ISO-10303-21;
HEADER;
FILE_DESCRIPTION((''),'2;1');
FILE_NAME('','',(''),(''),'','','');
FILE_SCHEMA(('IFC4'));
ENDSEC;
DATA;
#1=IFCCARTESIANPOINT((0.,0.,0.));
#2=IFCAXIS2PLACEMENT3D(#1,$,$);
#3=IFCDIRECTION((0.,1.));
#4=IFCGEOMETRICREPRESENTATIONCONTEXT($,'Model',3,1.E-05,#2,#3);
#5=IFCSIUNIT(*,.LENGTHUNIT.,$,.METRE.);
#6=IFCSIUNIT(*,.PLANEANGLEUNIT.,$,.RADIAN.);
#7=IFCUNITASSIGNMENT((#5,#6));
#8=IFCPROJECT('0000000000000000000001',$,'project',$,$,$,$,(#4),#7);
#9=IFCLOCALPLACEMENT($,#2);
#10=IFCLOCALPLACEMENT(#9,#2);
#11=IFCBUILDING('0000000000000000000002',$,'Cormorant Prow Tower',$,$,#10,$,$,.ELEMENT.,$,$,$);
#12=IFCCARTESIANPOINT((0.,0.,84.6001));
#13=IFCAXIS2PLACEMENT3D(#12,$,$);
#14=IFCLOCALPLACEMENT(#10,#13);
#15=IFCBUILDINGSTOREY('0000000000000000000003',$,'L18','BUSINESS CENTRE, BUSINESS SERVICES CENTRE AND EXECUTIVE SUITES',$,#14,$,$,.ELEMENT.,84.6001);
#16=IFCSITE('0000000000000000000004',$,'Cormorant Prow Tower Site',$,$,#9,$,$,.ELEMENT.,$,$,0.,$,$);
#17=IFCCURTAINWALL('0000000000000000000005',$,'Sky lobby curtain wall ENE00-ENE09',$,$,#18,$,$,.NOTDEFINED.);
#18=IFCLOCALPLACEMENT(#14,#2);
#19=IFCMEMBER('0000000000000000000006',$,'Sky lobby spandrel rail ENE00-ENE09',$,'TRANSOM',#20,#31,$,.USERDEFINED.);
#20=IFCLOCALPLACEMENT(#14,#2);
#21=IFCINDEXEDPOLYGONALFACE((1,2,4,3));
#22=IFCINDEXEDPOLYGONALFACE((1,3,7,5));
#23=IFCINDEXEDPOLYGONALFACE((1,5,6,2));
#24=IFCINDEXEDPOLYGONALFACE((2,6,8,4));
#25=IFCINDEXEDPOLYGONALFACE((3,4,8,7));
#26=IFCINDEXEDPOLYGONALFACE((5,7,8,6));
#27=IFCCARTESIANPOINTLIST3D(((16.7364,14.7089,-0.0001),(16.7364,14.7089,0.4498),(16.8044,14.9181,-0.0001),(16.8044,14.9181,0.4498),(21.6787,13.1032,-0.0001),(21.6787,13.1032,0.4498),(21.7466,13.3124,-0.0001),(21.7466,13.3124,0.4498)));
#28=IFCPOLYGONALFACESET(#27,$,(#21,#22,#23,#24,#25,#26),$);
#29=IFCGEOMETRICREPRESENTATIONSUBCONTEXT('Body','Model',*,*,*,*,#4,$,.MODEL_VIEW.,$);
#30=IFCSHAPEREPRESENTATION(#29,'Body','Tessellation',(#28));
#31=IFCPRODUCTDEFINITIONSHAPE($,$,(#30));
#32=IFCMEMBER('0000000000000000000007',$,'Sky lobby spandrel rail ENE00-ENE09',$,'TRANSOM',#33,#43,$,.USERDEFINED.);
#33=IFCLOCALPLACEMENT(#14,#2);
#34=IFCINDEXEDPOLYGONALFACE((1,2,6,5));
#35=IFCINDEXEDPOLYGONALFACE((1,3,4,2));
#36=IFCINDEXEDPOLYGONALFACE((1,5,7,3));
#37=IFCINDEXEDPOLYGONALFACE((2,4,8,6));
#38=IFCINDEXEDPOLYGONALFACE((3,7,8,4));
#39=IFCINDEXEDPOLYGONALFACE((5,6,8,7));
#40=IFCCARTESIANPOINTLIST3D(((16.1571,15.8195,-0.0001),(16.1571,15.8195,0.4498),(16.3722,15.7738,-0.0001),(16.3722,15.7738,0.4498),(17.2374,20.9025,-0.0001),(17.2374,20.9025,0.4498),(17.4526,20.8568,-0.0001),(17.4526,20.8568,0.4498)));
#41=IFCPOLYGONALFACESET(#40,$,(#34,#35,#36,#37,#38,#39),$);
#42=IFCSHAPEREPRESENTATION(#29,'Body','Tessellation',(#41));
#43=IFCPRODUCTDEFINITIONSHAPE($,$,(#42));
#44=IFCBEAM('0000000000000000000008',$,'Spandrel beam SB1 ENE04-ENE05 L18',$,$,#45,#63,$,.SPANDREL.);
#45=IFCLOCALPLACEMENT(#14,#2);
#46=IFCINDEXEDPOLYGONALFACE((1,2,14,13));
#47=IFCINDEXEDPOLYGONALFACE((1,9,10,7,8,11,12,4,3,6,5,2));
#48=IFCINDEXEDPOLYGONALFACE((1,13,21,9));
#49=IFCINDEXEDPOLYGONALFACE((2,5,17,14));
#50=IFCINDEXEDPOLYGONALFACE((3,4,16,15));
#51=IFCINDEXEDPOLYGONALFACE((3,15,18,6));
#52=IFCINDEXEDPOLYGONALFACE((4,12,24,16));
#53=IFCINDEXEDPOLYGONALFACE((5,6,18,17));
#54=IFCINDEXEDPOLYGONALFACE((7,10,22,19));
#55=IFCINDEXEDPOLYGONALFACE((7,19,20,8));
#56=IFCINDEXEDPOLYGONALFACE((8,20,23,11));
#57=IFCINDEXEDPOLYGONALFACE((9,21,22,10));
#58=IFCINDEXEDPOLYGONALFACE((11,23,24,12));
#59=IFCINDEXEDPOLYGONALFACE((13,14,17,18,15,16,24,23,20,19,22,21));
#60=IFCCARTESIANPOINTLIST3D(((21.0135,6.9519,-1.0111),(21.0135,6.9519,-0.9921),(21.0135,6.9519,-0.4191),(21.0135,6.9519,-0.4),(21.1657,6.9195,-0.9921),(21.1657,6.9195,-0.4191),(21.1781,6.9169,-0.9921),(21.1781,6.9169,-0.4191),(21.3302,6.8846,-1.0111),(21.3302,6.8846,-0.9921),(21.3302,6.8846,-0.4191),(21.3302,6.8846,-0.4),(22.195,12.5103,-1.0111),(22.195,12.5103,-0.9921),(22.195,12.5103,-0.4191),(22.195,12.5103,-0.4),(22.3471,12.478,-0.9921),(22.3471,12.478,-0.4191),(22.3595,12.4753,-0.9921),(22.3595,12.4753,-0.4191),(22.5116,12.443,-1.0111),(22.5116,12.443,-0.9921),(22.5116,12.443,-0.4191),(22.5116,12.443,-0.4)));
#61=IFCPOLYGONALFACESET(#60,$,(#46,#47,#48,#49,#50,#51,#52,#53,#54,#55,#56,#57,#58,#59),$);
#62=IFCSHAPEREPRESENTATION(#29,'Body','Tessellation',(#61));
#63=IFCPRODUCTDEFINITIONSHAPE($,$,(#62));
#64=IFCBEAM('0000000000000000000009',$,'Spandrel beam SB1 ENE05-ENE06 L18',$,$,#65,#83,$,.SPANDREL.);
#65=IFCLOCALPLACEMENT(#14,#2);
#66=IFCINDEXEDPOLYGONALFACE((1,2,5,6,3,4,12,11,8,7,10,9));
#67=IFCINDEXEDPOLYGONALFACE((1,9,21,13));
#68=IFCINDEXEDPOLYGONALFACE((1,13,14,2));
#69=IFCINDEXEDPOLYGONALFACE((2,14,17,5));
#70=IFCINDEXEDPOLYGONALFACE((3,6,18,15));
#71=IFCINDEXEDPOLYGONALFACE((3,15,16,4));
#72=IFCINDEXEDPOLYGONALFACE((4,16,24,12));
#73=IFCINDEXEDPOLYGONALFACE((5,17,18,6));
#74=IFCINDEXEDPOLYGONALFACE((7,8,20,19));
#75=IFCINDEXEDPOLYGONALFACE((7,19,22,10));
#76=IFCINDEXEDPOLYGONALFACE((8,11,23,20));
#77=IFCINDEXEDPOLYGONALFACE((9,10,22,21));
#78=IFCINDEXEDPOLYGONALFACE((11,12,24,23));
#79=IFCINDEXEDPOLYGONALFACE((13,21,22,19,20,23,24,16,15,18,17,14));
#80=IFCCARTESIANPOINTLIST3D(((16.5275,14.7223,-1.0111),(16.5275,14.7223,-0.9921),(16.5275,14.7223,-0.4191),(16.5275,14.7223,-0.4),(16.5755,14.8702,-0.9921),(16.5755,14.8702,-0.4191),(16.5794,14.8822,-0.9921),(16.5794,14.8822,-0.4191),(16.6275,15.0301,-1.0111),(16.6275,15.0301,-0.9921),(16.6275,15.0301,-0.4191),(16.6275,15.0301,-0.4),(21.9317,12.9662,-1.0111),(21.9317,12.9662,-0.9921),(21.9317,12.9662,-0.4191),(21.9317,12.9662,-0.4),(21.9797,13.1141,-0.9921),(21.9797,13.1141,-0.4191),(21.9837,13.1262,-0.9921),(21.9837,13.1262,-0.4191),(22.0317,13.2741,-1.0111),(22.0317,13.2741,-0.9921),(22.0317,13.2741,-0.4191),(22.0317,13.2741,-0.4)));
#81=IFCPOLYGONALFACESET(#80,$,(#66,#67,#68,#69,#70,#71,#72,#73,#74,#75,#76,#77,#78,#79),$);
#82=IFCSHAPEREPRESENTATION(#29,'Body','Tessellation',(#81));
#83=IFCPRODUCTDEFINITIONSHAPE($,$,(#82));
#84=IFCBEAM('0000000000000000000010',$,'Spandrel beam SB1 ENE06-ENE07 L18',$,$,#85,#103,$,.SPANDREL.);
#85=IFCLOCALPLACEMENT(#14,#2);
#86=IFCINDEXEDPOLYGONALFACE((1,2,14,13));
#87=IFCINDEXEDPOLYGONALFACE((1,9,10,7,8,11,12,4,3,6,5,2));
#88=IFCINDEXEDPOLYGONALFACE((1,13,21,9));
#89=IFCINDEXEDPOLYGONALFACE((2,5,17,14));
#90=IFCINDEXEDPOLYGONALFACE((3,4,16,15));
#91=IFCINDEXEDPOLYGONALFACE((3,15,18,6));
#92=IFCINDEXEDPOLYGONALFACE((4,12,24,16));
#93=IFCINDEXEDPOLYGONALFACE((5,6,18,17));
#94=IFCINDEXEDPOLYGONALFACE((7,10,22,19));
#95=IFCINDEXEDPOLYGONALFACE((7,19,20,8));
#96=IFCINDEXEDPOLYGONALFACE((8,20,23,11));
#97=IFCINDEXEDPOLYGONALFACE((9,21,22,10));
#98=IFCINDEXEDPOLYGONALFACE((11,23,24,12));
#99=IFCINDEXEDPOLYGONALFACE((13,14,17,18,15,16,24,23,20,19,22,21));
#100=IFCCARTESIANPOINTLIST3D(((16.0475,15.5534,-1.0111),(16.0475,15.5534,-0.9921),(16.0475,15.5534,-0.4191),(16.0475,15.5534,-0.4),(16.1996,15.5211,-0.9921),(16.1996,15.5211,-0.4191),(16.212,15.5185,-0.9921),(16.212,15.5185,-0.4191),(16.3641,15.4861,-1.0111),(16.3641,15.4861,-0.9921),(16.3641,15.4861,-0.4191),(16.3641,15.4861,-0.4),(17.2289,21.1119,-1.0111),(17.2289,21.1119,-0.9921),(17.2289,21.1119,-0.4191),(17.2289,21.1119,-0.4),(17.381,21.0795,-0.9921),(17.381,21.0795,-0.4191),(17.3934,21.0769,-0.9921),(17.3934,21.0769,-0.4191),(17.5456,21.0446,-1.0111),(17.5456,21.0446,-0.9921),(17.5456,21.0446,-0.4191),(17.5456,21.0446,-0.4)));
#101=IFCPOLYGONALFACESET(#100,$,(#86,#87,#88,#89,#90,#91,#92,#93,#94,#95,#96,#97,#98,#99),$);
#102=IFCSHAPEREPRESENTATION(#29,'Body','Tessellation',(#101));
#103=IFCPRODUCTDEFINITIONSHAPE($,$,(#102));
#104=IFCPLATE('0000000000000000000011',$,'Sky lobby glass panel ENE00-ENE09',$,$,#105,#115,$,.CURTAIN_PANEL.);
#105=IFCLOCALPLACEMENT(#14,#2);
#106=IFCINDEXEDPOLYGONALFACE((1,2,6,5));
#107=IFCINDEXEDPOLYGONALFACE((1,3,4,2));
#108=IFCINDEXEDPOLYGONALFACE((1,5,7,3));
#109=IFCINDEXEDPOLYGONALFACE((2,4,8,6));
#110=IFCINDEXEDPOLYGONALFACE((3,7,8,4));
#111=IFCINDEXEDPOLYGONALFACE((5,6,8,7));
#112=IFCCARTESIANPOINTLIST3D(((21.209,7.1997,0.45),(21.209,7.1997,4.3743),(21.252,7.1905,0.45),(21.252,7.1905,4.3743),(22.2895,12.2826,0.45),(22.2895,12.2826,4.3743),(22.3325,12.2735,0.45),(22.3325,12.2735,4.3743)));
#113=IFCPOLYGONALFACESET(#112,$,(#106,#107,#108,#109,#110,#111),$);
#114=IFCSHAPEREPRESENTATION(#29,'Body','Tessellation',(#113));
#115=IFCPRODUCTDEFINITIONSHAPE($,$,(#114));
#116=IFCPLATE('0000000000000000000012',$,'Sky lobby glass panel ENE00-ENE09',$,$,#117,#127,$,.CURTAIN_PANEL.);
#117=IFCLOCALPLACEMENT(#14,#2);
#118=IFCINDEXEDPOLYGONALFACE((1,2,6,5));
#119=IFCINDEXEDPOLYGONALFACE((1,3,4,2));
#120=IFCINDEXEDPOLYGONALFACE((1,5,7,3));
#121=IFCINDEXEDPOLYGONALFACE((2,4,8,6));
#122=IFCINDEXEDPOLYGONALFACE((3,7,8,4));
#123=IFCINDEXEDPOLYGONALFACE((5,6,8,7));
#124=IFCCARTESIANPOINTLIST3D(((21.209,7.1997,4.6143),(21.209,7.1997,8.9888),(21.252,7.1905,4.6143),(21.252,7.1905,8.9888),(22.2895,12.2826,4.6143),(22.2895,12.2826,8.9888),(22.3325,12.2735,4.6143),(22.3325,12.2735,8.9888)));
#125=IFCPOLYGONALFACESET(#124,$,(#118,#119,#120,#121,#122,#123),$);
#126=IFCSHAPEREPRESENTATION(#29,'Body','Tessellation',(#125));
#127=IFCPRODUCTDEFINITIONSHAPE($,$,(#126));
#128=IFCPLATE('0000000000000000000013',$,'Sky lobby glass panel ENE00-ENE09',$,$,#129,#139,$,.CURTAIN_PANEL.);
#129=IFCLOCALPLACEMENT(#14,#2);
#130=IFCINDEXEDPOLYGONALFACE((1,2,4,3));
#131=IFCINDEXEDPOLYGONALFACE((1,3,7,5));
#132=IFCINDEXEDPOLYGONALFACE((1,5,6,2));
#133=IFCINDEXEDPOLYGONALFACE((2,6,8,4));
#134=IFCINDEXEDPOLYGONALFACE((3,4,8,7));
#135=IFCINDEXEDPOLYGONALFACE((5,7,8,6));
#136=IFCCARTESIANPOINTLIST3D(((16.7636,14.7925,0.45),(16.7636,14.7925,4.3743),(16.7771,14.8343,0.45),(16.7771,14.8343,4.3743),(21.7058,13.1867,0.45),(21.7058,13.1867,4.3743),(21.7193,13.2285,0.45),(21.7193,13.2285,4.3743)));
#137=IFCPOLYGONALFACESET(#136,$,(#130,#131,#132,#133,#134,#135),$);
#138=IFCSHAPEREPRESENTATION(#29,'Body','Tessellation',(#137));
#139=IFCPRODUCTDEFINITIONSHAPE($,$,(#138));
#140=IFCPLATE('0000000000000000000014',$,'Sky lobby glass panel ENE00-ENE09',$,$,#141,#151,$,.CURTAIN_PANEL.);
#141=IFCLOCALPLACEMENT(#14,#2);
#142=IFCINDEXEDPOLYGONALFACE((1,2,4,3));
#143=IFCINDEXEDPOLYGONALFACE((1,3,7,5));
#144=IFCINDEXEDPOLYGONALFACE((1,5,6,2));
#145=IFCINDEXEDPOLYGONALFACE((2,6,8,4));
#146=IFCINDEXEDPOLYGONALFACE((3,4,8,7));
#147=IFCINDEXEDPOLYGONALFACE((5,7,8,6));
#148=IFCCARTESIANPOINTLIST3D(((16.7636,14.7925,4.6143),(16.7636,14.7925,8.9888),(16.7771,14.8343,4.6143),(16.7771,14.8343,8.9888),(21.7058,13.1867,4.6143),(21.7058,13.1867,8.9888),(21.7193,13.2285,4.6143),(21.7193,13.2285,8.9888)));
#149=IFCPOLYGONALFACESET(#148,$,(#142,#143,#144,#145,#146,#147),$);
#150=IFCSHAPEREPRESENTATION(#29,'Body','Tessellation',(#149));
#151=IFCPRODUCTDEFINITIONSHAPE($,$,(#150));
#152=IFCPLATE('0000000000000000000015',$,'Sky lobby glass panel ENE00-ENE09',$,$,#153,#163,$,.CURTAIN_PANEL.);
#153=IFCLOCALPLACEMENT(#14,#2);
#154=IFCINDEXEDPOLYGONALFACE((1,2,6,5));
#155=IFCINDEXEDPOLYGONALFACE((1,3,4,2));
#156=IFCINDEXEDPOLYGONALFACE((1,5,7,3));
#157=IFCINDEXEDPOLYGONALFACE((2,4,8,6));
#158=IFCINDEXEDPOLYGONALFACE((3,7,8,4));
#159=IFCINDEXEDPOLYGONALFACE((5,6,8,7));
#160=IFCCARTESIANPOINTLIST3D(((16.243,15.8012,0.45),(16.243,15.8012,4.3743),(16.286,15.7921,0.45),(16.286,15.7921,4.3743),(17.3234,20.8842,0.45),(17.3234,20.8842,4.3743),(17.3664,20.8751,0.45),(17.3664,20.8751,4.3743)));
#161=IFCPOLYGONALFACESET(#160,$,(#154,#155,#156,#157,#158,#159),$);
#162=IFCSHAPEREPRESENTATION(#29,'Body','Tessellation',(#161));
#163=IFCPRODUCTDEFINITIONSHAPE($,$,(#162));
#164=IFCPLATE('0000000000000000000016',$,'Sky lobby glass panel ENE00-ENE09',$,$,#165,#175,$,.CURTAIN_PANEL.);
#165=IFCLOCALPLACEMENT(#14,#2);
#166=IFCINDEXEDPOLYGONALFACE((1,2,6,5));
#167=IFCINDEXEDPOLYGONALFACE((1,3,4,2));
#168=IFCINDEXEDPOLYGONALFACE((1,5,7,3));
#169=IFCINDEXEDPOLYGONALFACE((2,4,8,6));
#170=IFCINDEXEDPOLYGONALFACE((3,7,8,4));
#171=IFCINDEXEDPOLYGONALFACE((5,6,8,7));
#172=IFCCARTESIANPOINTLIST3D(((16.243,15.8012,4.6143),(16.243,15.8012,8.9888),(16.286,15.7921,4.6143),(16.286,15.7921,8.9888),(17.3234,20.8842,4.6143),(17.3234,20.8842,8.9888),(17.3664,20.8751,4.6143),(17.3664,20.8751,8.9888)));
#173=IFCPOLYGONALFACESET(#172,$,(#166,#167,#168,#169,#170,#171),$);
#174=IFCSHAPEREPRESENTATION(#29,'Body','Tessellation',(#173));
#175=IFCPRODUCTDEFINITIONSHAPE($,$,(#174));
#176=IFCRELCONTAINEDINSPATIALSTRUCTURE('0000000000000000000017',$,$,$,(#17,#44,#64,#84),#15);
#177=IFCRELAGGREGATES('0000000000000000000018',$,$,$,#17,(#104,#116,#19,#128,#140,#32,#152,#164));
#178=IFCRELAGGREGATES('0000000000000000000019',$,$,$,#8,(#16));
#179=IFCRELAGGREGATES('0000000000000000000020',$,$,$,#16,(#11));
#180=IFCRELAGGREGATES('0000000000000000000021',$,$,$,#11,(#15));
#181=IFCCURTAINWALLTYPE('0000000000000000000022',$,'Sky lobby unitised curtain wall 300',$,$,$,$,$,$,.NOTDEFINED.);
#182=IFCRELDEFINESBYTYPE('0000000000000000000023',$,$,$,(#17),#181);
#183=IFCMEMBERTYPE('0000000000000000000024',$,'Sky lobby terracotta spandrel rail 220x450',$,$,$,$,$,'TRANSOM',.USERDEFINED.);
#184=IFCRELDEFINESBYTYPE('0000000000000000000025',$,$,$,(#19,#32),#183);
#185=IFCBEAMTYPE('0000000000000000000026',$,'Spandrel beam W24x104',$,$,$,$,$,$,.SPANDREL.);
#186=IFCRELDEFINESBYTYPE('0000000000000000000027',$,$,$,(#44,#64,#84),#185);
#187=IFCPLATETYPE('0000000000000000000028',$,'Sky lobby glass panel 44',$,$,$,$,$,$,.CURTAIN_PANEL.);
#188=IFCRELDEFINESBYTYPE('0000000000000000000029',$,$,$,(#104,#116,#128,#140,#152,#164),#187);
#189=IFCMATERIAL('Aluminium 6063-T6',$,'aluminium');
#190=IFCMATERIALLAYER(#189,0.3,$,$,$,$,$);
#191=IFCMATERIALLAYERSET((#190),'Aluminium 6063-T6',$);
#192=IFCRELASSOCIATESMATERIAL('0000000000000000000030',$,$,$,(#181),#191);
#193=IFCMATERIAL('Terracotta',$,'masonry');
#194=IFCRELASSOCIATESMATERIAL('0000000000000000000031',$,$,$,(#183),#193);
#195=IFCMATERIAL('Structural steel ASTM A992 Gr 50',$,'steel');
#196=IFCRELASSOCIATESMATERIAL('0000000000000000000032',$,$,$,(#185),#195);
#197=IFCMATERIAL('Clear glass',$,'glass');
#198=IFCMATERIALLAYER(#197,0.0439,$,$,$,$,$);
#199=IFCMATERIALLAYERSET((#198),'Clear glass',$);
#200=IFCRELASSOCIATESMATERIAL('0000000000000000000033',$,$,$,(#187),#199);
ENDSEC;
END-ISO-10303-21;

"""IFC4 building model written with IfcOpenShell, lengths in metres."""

from ifc_helpers import new_model, si_unit, direction, frame, origin, origin_2d, place, context, subcontext, project, spatial, rectangle, i_section, extrude, material, layer, layer_set, material_profile, profile_set, type_object, element, aggregate, save


model = new_model("IFC4")

# Units and contexts
model_context = context("Model", 3, precision=1e-05, world=origin(), true_north=direction((0.0, 1.0)))
body_context = subcontext(model_context, "Body", "Model", "MODEL_VIEW")
ifc_project = project(units=[si_unit("LENGTHUNIT", "METRE"), si_unit("PLANEANGLEUNIT", "RADIAN")], contexts=[model_context])

# Site, building, storey
site_placement = place(None, origin())
site = spatial("IfcSite", under=ifc_project, at=site_placement, Name="Cormorant Prow Tower Site", CompositionType="ELEMENT", RefElevation=0.0)
building_placement = place(site_placement, origin())
building = spatial("IfcBuilding", under=site, at=building_placement, Name="Cormorant Prow Tower", CompositionType="ELEMENT")
storey_placement = place(building_placement, frame((0.0, 0.0, 84.6001)))
storey = spatial("IfcBuildingStorey", under=building, at=storey_placement, Name="L18", Description="BUSINESS CENTRE, BUSINESS SERVICES CENTRE AND EXECUTIVE SUITES", CompositionType="ELEMENT", Elevation=84.6001)

# Curtain wall, members
ifc_material_1 = material(Name="Aluminium 6063-T6", Category="aluminium")
ifc_layer_1 = layer(ifc_material_1, 0.3)
ifc_layer_set_1 = layer_set([ifc_layer_1], Name="Aluminium 6063-T6")
curtain_wall_type = type_object("IfcCurtainWallType", Name="Sky lobby unitised curtain wall 300", PredefinedType="NOTDEFINED", material=ifc_layer_set_1)
curtain_wall_placement = place(storey_placement, origin())
curtain_wall = element("IfcCurtainWall", 1, at=curtain_wall_placement, inside=storey, type_object=curtain_wall_type, Name="Sky lobby curtain wall ENE00-ENE09", PredefinedType="NOTDEFINED")
ifc_material_2 = material(Name="Terracotta", Category="masonry")
ifc_material_profile_1 = material_profile(ifc_material_2, rectangle(XDim=0.22, YDim=0.45, at=origin_2d()), Name="Sky lobby terracotta spandrel rail 220x450")
ifc_profile_set_1 = profile_set([ifc_material_profile_1], Name="Terracotta")
member_type_1 = type_object("IfcMemberType", Name="Sky lobby terracotta spandrel rail 220x450", ElementType="TRANSOM", PredefinedType="USERDEFINED", material=ifc_profile_set_1)
member_1_placement = place(storey_placement, frame((21.7126, 13.2078, 0.2249), z_axis=(-0.951061, 0.309002, 0.0), x_axis=(-0.309002, -0.951061, 0.0)))
member_1 = element("IfcMember", 2, at=member_1_placement, type_object=member_type_1, Name="Sky lobby spandrel rail ENE00-ENE09", ObjectType="TRANSOM", PredefinedType="USERDEFINED", context=body_context, shape_type="SweptSolid", body=[
    extrude(rectangle(XDim=0.22, YDim=0.45, at=origin_2d()), origin(), (0.0, 0.0, 1.0), 5.1965),
])
member_2_placement = place(storey_placement, frame((16.2646, 15.7966, 0.2249), z_axis=(0.207892, 0.978152, 0.0), x_axis=(-0.978152, 0.207892, 0.0)))
member_2 = element("IfcMember", 3, at=member_2_placement, type_object=member_type_1, Name="Sky lobby spandrel rail ENE00-ENE09", ObjectType="TRANSOM", PredefinedType="USERDEFINED", context=body_context, shape_type="SweptSolid", body=[
    extrude(rectangle(XDim=0.22, YDim=0.45, at=origin_2d()), origin(), (0.0, 0.0, 1.0), 5.1965),
])

# Beams
ifc_material_3 = material(Name="Structural steel ASTM A992 Gr 50", Category="steel")
ifc_material_profile_2 = material_profile(ifc_material_3, i_section(OverallWidth=0.3237, OverallDepth=0.6111, WebThickness=0.0127, FlangeThickness=0.019, at=origin_2d()), Name="W24x104")
ifc_profile_set_2 = profile_set([ifc_material_profile_2], Name="Structural steel ASTM A992 Gr 50")
beam_type_1 = type_object("IfcBeamType", Name="Spandrel beam W24x104", PredefinedType="SPANDREL", material=ifc_profile_set_2)
beam_1_placement = place(storey_placement, frame((21.1719, 6.9182, -0.7056), z_axis=(0.2079, 0.97815, 0.0), x_axis=(-0.97815, 0.2079, 0.0)))
element("IfcBeam", 4, at=beam_1_placement, inside=storey, type_object=beam_type_1, Name="Spandrel beam SB1 ENE04-ENE05 L18", PredefinedType="SPANDREL", context=body_context, shape_type="SweptSolid", body=[
    extrude(i_section(OverallWidth=0.3237, OverallDepth=0.6111, WebThickness=0.0127, FlangeThickness=0.019, at=origin_2d()), origin(), (0.0, 0.0, 1.0), 5.6826),
])
beam_2_placement = place(storey_placement, frame((21.9817, 13.1201, -0.7056), z_axis=(-0.951049, 0.309039, 0.0), x_axis=(-0.309039, -0.951049, 0.0)))
element("IfcBeam", 5, at=beam_2_placement, inside=storey, type_object=beam_type_1, Name="Spandrel beam SB1 ENE05-ENE06 L18", PredefinedType="SPANDREL", context=body_context, shape_type="SweptSolid", body=[
    extrude(i_section(OverallWidth=0.3237, OverallDepth=0.6111, WebThickness=0.0127, FlangeThickness=0.019, at=origin_2d()), origin(), (0.0, 0.0, 1.0), 5.6824),
])
beam_3_placement = place(storey_placement, frame((16.2058, 15.5198, -0.7056), z_axis=(0.2079, 0.97815, 0.0), x_axis=(-0.97815, 0.2079, 0.0)))
element("IfcBeam", 6, at=beam_3_placement, inside=storey, type_object=beam_type_1, Name="Spandrel beam SB1 ENE06-ENE07 L18", PredefinedType="SPANDREL", context=body_context, shape_type="SweptSolid", body=[
    extrude(i_section(OverallWidth=0.3237, OverallDepth=0.6111, WebThickness=0.0127, FlangeThickness=0.019, at=origin_2d()), origin(), (0.0, 0.0, 1.0), 5.6826),
])

# Plates
ifc_material_4 = material(Name="Clear glass", Category="glass")
ifc_layer_2 = layer(ifc_material_4, 0.0439)
ifc_layer_set_2 = layer_set([ifc_layer_2], Name="Clear glass")
plate_type = type_object("IfcPlateType", Name="Sky lobby glass panel 44", PredefinedType="CURTAIN_PANEL", material=ifc_layer_set_2)
plate_1_placement = place(storey_placement, frame((21.7708, 9.7366, 0.45), z_axis=(0.0, 0.0, 1.0), x_axis=(0.207912, 0.978148, 0.0)))
plate_1 = element("IfcPlate", 7, at=plate_1_placement, type_object=plate_type, Name="Sky lobby glass panel ENE00-ENE09", PredefinedType="CURTAIN_PANEL", context=body_context, shape_type="SweptSolid", body=[
    extrude(rectangle(XDim=5.1965, YDim=0.0439, at=origin_2d()), origin(), (0.0, 0.0, 1.0), 3.9243),
])
plate_2_placement = place(storey_placement, frame((21.7708, 9.7366, 4.6143), z_axis=(0.0, 0.0, 1.0), x_axis=(0.207912, 0.978148, 0.0)))
plate_2 = element("IfcPlate", 8, at=plate_2_placement, type_object=plate_type, Name="Sky lobby glass panel ENE00-ENE09", PredefinedType="CURTAIN_PANEL", context=body_context, shape_type="SweptSolid", body=[
    extrude(rectangle(XDim=5.1965, YDim=0.0439, at=origin_2d()), origin(), (0.0, 0.0, 1.0), 4.3745),
])
plate_3_placement = place(storey_placement, frame((19.2415, 14.0105, 0.45), z_axis=(0.0, 0.0, 1.0), x_axis=(-0.951056, 0.309017, 0.0)))
plate_3 = element("IfcPlate", 9, at=plate_3_placement, type_object=plate_type, Name="Sky lobby glass panel ENE00-ENE09", PredefinedType="CURTAIN_PANEL", context=body_context, shape_type="SweptSolid", body=[
    extrude(rectangle(XDim=5.1965, YDim=0.0439, at=origin_2d()), origin(), (0.0, 0.0, 1.0), 3.9243),
])
plate_4_placement = place(storey_placement, frame((19.2415, 14.0105, 4.6143), z_axis=(0.0, 0.0, 1.0), x_axis=(-0.951056, 0.309017, 0.0)))
plate_4 = element("IfcPlate", 10, at=plate_4_placement, type_object=plate_type, Name="Sky lobby glass panel ENE00-ENE09", PredefinedType="CURTAIN_PANEL", context=body_context, shape_type="SweptSolid", body=[
    extrude(rectangle(XDim=5.1965, YDim=0.0439, at=origin_2d()), origin(), (0.0, 0.0, 1.0), 4.3745),
])
plate_5_placement = place(storey_placement, frame((16.8047, 18.3381, 0.45), z_axis=(0.0, 0.0, 1.0), x_axis=(0.207912, 0.978148, 0.0)))
plate_5 = element("IfcPlate", 11, at=plate_5_placement, type_object=plate_type, Name="Sky lobby glass panel ENE00-ENE09", PredefinedType="CURTAIN_PANEL", context=body_context, shape_type="SweptSolid", body=[
    extrude(rectangle(XDim=5.1965, YDim=0.0439, at=origin_2d()), origin(), (0.0, 0.0, 1.0), 3.9243),
])
plate_6_placement = place(storey_placement, frame((16.8047, 18.3381, 4.6143), z_axis=(0.0, 0.0, 1.0), x_axis=(0.207912, 0.978148, 0.0)))
plate_6 = element("IfcPlate", 12, at=plate_6_placement, type_object=plate_type, Name="Sky lobby glass panel ENE00-ENE09", PredefinedType="CURTAIN_PANEL", context=body_context, shape_type="SweptSolid", body=[
    extrude(rectangle(XDim=5.1965, YDim=0.0439, at=origin_2d()), origin(), (0.0, 0.0, 1.0), 4.3745),
])
aggregate(curtain_wall, [plate_1, plate_2, member_1, plate_3, plate_4, member_2, plate_5, plate_6])

save(model, "model.ifc")
